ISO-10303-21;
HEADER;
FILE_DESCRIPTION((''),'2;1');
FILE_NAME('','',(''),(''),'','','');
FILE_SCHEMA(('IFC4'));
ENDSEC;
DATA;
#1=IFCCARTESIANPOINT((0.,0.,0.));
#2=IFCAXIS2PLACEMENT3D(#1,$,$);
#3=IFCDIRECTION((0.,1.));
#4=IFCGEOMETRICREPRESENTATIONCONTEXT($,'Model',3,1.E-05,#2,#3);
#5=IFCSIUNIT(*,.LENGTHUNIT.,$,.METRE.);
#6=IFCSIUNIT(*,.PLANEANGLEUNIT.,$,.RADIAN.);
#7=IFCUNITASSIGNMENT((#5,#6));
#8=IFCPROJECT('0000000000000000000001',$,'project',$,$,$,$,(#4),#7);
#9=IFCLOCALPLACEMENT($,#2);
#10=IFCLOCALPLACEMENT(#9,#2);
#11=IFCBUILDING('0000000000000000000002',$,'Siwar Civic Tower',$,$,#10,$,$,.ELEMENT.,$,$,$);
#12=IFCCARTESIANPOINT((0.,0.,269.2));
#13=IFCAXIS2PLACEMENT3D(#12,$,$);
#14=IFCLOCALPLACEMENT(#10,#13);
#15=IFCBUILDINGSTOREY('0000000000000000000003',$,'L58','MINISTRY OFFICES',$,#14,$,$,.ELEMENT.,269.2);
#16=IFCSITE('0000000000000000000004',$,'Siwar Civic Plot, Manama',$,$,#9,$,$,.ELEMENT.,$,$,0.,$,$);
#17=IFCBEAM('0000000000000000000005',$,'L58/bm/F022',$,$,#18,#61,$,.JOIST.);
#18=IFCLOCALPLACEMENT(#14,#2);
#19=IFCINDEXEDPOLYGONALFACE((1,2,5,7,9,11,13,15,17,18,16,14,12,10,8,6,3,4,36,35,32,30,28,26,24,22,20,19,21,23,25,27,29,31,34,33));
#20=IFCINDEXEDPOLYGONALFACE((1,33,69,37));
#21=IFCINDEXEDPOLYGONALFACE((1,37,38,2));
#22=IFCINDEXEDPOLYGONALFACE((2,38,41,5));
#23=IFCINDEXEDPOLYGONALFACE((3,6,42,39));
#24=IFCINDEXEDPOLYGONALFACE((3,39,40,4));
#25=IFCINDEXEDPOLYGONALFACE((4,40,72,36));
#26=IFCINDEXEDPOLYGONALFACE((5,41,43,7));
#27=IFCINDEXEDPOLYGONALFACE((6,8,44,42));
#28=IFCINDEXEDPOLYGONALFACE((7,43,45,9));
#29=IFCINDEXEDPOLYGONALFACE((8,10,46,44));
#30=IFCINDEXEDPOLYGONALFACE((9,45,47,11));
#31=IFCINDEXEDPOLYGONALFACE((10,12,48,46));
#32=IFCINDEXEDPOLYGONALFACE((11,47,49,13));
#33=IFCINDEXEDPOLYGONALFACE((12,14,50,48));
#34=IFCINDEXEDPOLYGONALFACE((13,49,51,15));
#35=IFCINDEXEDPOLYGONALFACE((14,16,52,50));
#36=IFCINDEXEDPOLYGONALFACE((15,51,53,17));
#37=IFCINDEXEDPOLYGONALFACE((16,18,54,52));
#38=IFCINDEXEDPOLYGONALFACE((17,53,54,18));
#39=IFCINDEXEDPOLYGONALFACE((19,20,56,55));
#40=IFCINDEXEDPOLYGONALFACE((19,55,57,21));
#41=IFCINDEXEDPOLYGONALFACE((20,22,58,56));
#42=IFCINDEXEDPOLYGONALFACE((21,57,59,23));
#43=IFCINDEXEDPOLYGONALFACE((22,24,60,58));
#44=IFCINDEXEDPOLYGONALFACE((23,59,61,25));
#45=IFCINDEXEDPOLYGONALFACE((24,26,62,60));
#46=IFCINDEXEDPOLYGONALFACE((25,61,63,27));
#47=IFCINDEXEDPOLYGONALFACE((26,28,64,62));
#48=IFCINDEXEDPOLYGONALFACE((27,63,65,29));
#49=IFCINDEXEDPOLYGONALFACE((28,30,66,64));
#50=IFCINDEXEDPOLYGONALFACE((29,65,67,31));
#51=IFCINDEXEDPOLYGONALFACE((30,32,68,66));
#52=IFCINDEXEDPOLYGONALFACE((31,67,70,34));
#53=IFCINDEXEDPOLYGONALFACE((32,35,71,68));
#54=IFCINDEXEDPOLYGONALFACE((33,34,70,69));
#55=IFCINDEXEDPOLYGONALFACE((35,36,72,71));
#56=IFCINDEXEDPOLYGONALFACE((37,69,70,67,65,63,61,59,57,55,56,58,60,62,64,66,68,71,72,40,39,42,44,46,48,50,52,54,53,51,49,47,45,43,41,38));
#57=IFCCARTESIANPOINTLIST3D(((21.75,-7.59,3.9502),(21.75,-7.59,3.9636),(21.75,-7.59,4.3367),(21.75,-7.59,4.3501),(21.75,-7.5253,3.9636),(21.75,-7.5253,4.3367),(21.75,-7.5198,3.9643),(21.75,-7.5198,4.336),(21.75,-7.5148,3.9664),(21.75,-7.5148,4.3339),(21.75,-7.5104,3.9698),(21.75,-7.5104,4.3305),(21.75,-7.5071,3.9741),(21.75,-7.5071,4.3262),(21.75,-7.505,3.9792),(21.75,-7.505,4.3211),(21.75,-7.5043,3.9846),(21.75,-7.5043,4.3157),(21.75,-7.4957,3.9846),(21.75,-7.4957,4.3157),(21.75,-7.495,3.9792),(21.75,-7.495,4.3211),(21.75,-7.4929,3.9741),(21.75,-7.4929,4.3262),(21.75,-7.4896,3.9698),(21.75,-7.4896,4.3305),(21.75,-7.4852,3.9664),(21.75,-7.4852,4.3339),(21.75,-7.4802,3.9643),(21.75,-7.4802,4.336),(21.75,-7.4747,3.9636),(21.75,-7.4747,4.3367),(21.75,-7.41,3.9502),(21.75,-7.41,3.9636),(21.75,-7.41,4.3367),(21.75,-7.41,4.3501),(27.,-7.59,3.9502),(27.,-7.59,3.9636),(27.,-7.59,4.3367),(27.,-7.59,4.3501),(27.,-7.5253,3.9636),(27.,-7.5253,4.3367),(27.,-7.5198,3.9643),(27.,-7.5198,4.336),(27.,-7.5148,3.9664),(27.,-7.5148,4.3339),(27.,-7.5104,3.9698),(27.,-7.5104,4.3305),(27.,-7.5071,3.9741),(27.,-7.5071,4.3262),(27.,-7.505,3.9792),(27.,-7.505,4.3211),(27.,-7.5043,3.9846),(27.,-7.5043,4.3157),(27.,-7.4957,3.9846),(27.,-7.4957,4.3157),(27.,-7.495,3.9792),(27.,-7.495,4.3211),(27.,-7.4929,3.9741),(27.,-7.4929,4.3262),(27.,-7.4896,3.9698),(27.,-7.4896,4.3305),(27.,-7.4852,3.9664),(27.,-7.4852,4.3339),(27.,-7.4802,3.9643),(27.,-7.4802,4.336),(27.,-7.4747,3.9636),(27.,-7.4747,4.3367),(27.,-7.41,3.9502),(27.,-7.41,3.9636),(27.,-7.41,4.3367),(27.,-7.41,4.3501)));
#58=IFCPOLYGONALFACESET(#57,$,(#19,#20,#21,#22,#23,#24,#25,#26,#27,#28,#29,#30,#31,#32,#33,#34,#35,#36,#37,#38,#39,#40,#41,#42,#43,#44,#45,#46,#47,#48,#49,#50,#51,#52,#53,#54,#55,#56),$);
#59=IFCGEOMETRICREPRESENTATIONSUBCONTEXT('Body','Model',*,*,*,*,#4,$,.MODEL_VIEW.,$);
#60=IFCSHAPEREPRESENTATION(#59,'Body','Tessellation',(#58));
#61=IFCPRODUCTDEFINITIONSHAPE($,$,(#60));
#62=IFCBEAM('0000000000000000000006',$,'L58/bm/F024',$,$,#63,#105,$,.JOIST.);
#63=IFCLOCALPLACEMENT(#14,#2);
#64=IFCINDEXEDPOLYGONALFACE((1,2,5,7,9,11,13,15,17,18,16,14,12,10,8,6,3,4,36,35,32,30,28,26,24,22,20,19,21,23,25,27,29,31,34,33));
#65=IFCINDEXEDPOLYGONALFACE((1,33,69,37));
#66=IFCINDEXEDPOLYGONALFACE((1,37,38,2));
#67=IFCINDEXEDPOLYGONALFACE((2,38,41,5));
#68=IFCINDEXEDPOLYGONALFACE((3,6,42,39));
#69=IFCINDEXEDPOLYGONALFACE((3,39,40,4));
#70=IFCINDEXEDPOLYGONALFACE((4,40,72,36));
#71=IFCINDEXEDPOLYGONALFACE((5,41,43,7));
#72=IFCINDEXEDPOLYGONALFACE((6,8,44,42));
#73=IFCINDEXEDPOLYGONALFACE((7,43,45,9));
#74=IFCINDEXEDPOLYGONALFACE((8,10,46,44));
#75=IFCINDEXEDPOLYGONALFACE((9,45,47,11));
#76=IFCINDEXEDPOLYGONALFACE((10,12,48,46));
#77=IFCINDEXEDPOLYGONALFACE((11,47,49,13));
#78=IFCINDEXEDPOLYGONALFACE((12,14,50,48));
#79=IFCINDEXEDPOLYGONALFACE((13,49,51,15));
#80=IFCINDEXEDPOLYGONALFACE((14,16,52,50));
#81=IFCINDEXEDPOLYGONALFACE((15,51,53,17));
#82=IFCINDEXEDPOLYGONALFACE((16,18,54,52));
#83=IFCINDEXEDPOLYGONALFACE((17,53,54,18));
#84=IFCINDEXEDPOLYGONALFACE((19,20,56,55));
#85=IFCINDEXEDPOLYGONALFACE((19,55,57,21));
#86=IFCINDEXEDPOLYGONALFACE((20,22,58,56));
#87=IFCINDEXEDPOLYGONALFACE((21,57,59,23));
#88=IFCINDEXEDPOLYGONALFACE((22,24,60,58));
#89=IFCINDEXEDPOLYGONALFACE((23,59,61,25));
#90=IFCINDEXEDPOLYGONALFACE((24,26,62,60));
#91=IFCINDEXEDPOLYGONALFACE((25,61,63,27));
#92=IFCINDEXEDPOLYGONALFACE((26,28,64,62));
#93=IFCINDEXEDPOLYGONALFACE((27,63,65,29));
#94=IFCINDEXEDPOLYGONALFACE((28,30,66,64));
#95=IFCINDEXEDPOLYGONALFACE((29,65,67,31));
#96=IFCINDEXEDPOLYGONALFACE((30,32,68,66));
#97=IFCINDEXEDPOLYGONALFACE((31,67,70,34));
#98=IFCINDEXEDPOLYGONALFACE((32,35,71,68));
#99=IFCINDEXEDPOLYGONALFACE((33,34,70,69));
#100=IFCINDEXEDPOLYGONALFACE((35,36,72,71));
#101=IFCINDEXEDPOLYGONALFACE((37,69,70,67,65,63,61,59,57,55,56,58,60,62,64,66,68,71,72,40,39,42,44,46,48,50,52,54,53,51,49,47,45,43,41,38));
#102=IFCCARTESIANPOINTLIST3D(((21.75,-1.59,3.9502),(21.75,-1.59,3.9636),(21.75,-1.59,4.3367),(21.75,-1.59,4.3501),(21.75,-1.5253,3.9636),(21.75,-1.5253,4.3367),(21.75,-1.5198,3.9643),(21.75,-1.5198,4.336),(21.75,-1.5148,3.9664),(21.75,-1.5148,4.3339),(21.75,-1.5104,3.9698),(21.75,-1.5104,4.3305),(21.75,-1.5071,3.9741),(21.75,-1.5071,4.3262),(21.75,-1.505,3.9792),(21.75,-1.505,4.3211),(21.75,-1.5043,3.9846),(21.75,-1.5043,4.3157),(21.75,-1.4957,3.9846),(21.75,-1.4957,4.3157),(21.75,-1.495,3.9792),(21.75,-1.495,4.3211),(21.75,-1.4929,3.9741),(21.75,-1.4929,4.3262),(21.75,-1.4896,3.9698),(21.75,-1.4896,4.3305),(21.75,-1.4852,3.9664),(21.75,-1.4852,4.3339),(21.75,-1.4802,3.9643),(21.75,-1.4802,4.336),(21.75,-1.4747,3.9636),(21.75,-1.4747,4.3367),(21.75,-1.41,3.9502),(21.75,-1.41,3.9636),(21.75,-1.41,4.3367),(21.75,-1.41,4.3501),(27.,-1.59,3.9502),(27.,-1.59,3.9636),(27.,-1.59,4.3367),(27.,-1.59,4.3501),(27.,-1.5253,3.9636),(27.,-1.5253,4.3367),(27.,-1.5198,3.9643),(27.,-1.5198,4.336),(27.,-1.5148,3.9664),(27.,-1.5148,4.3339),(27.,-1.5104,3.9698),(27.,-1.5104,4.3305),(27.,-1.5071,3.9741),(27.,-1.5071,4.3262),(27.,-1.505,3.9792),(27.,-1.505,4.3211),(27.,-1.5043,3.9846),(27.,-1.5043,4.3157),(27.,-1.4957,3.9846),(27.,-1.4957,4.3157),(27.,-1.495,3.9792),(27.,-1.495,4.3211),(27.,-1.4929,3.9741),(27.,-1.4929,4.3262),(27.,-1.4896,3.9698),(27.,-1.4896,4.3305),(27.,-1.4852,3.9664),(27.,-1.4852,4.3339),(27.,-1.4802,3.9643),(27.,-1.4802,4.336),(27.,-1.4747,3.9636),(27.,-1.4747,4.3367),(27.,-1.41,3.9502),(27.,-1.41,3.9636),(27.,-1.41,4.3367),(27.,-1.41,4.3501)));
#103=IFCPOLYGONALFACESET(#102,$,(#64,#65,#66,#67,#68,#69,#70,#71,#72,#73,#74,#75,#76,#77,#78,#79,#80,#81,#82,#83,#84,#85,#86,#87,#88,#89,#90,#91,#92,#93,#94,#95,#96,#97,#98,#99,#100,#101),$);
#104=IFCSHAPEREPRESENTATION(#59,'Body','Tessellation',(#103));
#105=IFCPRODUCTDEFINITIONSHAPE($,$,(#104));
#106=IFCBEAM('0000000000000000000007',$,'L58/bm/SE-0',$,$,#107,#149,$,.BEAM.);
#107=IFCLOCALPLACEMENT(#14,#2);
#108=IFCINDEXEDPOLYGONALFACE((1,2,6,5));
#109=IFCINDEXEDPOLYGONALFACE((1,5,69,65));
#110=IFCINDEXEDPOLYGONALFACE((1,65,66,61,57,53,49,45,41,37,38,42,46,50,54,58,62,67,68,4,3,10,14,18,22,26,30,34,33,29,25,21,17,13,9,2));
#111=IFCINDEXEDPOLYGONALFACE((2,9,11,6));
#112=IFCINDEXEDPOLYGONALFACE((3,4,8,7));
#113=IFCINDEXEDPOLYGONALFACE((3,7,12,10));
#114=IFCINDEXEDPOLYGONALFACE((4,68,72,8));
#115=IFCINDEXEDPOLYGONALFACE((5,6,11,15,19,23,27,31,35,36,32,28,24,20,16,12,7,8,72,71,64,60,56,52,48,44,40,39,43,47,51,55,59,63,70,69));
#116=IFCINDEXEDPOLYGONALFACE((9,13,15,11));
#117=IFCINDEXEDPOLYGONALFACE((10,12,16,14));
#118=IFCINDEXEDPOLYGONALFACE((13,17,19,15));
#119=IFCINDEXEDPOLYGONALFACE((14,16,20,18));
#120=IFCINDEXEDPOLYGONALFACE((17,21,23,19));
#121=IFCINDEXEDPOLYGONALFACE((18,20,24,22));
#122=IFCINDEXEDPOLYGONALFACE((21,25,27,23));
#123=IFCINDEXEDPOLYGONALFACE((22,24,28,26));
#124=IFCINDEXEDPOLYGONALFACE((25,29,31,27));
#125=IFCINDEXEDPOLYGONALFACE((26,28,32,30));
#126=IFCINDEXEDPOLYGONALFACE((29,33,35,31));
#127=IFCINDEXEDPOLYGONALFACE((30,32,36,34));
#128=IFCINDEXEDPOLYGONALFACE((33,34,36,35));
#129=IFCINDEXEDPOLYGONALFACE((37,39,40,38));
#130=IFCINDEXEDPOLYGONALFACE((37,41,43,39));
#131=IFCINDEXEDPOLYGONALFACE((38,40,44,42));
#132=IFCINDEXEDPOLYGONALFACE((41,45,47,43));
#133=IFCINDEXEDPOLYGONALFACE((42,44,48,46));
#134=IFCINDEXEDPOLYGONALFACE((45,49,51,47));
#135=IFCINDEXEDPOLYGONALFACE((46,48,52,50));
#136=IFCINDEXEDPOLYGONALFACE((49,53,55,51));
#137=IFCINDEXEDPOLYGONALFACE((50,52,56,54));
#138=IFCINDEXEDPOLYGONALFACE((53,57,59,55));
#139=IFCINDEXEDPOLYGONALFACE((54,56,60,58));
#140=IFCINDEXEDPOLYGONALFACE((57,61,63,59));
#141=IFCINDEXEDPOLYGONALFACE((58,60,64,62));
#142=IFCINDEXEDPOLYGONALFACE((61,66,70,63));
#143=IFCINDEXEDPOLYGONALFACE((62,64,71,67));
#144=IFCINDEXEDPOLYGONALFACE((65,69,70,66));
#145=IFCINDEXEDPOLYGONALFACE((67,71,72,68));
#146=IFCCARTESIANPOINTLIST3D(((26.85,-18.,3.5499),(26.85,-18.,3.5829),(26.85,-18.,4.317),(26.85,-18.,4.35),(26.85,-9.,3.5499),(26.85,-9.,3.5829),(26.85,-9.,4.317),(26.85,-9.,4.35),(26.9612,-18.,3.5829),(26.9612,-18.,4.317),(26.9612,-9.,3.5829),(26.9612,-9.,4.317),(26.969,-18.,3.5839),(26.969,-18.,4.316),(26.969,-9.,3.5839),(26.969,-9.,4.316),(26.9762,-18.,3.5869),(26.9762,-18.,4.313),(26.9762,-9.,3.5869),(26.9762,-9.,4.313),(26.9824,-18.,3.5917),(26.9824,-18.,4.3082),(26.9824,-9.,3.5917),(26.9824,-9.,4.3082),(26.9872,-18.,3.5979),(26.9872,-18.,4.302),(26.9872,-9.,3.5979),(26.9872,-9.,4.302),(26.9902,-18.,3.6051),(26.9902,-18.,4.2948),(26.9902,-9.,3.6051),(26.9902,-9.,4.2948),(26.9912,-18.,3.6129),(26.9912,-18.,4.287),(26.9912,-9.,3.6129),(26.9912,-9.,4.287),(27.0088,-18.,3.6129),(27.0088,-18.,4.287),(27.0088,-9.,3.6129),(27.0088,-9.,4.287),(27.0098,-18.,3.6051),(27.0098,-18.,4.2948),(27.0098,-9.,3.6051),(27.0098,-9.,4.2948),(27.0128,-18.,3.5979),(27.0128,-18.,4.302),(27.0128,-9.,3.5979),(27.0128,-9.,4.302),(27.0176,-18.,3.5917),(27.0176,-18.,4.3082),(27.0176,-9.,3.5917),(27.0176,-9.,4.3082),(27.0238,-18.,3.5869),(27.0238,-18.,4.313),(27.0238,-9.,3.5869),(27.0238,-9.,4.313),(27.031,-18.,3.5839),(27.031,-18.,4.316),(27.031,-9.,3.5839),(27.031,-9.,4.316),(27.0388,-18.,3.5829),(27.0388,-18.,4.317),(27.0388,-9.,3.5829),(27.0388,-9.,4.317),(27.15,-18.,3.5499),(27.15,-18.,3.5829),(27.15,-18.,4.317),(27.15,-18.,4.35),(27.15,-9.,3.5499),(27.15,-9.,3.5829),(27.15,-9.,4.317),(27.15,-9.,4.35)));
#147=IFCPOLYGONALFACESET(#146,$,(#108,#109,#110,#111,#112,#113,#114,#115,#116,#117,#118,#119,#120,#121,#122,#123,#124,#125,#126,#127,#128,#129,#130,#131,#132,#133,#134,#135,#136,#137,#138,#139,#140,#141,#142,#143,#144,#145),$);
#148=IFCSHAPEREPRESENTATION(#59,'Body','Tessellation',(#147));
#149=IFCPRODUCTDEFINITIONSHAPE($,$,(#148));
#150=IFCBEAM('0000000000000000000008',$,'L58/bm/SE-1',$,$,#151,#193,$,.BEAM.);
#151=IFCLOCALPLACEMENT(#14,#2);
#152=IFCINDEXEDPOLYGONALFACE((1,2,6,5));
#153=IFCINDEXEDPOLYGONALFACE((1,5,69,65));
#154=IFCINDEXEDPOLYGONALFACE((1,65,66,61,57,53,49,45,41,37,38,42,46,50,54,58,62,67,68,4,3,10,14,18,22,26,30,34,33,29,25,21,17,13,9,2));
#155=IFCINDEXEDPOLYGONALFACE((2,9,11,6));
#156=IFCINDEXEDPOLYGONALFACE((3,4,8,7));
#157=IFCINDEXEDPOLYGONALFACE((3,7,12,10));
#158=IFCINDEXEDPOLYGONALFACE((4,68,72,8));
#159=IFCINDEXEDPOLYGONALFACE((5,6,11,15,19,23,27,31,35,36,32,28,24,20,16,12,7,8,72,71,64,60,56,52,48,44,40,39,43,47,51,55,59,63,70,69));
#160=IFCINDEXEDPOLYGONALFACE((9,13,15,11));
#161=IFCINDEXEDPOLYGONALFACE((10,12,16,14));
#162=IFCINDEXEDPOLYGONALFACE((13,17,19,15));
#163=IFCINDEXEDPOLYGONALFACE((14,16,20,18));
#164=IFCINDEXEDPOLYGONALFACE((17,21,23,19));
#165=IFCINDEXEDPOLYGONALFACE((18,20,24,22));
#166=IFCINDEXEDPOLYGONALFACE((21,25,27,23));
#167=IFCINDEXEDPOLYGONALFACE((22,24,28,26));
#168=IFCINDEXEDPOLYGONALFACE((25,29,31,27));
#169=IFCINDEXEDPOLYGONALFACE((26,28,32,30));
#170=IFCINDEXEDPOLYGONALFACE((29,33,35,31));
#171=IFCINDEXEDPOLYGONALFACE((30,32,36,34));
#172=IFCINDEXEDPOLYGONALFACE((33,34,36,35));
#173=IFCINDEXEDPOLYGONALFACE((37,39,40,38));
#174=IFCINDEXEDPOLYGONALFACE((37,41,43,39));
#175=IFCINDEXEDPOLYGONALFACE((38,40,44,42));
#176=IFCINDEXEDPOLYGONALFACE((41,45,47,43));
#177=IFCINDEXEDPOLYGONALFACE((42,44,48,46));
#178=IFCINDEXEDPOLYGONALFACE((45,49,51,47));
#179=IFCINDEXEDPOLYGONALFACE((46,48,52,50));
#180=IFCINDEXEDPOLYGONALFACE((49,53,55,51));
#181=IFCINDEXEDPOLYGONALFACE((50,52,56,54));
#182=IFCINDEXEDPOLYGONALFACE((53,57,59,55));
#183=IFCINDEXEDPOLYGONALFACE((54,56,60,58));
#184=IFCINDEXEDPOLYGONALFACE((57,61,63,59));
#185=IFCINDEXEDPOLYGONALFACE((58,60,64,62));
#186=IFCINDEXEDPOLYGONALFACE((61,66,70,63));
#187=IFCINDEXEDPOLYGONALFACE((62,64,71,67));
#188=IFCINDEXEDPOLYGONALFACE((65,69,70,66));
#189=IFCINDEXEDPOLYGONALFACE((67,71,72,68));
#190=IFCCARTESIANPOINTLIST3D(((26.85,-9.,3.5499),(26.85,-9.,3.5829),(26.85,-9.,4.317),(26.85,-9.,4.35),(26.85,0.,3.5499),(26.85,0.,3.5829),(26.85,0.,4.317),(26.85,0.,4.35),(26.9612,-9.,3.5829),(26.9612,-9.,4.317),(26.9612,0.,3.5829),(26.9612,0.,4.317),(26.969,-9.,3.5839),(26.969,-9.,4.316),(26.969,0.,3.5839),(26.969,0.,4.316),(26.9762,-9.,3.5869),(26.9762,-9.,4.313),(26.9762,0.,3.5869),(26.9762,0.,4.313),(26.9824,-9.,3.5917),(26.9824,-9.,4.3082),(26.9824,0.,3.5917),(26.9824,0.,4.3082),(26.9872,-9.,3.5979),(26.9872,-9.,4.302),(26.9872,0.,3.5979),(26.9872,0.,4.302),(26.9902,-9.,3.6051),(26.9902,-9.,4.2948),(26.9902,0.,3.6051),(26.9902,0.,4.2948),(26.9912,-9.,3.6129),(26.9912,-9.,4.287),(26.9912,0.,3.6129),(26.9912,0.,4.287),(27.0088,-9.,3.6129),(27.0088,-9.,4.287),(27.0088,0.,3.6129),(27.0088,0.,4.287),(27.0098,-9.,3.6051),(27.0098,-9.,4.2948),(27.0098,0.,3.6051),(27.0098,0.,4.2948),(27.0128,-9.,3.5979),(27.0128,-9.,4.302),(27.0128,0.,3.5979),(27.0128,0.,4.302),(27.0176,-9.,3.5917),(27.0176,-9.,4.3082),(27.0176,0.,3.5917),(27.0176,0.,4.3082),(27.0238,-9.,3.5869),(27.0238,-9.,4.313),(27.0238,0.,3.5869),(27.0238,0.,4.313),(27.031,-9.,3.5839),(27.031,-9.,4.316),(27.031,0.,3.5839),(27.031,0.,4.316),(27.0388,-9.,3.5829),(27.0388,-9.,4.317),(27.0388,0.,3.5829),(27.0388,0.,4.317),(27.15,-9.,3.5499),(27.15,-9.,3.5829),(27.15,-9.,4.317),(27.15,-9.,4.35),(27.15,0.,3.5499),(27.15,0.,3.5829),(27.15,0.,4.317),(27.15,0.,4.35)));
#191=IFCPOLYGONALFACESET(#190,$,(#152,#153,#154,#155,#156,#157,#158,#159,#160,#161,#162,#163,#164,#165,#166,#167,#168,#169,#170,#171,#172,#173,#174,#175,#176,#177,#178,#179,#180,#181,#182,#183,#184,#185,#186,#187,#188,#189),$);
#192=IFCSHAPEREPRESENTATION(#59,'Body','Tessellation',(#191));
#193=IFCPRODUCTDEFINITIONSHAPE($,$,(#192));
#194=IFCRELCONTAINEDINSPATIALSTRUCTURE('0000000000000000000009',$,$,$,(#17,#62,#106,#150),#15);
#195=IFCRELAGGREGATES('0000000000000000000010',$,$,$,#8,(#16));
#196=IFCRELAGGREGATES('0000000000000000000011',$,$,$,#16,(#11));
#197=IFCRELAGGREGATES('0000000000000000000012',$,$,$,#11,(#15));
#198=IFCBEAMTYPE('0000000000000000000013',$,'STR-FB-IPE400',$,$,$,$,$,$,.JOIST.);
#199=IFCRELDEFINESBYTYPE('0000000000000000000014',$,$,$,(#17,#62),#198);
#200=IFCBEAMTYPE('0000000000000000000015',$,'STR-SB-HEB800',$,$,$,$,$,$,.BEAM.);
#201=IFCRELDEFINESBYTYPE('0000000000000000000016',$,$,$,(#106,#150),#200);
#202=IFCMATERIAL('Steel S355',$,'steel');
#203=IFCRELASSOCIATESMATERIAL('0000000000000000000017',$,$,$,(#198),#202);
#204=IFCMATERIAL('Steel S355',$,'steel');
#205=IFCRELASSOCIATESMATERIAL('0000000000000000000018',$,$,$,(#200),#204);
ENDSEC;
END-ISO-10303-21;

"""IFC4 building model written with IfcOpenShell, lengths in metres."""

from ifc_helpers import new_model, si_unit, direction, frame, origin, origin_2d, place, context, subcontext, project, spatial, i_section, extrude, material, material_profile, profile_set, type_object, element, save


model = new_model("IFC4")

# Units and contexts
model_context = context("Model", 3, precision=1e-05, world=origin(), true_north=direction((0.0, 1.0)))
body_context = subcontext(model_context, "Body", "Model", "MODEL_VIEW")
ifc_project = project(units=[si_unit("LENGTHUNIT", "METRE"), si_unit("PLANEANGLEUNIT", "RADIAN")], contexts=[model_context])

# Site, building, storey
site_placement = place(None, origin())
site = spatial("IfcSite", under=ifc_project, at=site_placement, Name="Siwar Civic Plot, Manama", CompositionType="ELEMENT", RefElevation=0.0)
building_placement = place(site_placement, origin())
building = spatial("IfcBuilding", under=site, at=building_placement, Name="Siwar Civic Tower", CompositionType="ELEMENT")
storey_placement = place(building_placement, frame((0.0, 0.0, 269.2)))
storey = spatial("IfcBuildingStorey", under=building, at=storey_placement, Name="L58", Description="MINISTRY OFFICES", CompositionType="ELEMENT", Elevation=269.2)

# Beams
ifc_material_1 = material(Name="Steel S355", Category="steel")
ifc_material_profile_1 = material_profile(ifc_material_1, i_section(OverallWidth=0.1799, OverallDepth=0.3999, WebThickness=0.0085, FlangeThickness=0.0134, FilletRadius=0.021, at=origin_2d()), Name="IPE400")
ifc_profile_set_1 = profile_set([ifc_material_profile_1], Name="Steel S355")
beam_type_1 = type_object("IfcBeamType", Name="STR-FB-IPE400", PredefinedType="JOIST", material=ifc_profile_set_1)
for number, where, z_axis, x_axis, name in (
    (1, (21.75, -7.5, 4.1501), (1.0, 0.0, 0.0), (0.0, 1.0, 0.0), "L58/bm/F022"),
    (2, (21.75, -1.5, 4.1501), (1.0, 0.0, 0.0), (0.0, 1.0, 0.0), "L58/bm/F024"),
):
    element("IfcBeam", number, at=place(storey_placement, frame(where, z_axis=z_axis, x_axis=x_axis)), inside=storey, type_object=beam_type_1, Name=name, PredefinedType="JOIST", context=body_context, shape_type="SweptSolid", body=[
        extrude(i_section(OverallWidth=0.1799, OverallDepth=0.3999, WebThickness=0.0085, FlangeThickness=0.0134, FilletRadius=0.021, at=origin_2d()), origin(), (0.0, 0.0, 1.0), 5.25),
    ])
ifc_material_2 = material(Name="Steel S355", Category="steel")
ifc_material_profile_2 = material_profile(ifc_material_2, i_section(OverallWidth=0.3, OverallDepth=0.8, WebThickness=0.0176, FlangeThickness=0.033, FilletRadius=0.03, at=origin_2d()), Name="HEB800")
ifc_profile_set_2 = profile_set([ifc_material_profile_2], Name="Steel S355")
beam_type_2 = type_object("IfcBeamType", Name="STR-SB-HEB800", PredefinedType="BEAM", material=ifc_profile_set_2)
for number, where, z_axis, x_axis, name in (
    (3, (27.0, -18.0, 3.95), (0.0, 1.0, 0.0), (-1.0, 0.0, 0.0), "L58/bm/SE-0"),
    (4, (27.0, -9.0, 3.95), (0.0, 1.0, 0.0), (-1.0, 0.0, 0.0), "L58/bm/SE-1"),
):
    element("IfcBeam", number, at=place(storey_placement, frame(where, z_axis=z_axis, x_axis=x_axis)), inside=storey, type_object=beam_type_2, Name=name, PredefinedType="BEAM", context=body_context, shape_type="SweptSolid", body=[
        extrude(i_section(OverallWidth=0.3, OverallDepth=0.8, WebThickness=0.0176, FlangeThickness=0.033, FilletRadius=0.03, at=origin_2d()), origin(), (0.0, 0.0, 1.0), 9.0),
    ])

save(model, "model.ifc")
